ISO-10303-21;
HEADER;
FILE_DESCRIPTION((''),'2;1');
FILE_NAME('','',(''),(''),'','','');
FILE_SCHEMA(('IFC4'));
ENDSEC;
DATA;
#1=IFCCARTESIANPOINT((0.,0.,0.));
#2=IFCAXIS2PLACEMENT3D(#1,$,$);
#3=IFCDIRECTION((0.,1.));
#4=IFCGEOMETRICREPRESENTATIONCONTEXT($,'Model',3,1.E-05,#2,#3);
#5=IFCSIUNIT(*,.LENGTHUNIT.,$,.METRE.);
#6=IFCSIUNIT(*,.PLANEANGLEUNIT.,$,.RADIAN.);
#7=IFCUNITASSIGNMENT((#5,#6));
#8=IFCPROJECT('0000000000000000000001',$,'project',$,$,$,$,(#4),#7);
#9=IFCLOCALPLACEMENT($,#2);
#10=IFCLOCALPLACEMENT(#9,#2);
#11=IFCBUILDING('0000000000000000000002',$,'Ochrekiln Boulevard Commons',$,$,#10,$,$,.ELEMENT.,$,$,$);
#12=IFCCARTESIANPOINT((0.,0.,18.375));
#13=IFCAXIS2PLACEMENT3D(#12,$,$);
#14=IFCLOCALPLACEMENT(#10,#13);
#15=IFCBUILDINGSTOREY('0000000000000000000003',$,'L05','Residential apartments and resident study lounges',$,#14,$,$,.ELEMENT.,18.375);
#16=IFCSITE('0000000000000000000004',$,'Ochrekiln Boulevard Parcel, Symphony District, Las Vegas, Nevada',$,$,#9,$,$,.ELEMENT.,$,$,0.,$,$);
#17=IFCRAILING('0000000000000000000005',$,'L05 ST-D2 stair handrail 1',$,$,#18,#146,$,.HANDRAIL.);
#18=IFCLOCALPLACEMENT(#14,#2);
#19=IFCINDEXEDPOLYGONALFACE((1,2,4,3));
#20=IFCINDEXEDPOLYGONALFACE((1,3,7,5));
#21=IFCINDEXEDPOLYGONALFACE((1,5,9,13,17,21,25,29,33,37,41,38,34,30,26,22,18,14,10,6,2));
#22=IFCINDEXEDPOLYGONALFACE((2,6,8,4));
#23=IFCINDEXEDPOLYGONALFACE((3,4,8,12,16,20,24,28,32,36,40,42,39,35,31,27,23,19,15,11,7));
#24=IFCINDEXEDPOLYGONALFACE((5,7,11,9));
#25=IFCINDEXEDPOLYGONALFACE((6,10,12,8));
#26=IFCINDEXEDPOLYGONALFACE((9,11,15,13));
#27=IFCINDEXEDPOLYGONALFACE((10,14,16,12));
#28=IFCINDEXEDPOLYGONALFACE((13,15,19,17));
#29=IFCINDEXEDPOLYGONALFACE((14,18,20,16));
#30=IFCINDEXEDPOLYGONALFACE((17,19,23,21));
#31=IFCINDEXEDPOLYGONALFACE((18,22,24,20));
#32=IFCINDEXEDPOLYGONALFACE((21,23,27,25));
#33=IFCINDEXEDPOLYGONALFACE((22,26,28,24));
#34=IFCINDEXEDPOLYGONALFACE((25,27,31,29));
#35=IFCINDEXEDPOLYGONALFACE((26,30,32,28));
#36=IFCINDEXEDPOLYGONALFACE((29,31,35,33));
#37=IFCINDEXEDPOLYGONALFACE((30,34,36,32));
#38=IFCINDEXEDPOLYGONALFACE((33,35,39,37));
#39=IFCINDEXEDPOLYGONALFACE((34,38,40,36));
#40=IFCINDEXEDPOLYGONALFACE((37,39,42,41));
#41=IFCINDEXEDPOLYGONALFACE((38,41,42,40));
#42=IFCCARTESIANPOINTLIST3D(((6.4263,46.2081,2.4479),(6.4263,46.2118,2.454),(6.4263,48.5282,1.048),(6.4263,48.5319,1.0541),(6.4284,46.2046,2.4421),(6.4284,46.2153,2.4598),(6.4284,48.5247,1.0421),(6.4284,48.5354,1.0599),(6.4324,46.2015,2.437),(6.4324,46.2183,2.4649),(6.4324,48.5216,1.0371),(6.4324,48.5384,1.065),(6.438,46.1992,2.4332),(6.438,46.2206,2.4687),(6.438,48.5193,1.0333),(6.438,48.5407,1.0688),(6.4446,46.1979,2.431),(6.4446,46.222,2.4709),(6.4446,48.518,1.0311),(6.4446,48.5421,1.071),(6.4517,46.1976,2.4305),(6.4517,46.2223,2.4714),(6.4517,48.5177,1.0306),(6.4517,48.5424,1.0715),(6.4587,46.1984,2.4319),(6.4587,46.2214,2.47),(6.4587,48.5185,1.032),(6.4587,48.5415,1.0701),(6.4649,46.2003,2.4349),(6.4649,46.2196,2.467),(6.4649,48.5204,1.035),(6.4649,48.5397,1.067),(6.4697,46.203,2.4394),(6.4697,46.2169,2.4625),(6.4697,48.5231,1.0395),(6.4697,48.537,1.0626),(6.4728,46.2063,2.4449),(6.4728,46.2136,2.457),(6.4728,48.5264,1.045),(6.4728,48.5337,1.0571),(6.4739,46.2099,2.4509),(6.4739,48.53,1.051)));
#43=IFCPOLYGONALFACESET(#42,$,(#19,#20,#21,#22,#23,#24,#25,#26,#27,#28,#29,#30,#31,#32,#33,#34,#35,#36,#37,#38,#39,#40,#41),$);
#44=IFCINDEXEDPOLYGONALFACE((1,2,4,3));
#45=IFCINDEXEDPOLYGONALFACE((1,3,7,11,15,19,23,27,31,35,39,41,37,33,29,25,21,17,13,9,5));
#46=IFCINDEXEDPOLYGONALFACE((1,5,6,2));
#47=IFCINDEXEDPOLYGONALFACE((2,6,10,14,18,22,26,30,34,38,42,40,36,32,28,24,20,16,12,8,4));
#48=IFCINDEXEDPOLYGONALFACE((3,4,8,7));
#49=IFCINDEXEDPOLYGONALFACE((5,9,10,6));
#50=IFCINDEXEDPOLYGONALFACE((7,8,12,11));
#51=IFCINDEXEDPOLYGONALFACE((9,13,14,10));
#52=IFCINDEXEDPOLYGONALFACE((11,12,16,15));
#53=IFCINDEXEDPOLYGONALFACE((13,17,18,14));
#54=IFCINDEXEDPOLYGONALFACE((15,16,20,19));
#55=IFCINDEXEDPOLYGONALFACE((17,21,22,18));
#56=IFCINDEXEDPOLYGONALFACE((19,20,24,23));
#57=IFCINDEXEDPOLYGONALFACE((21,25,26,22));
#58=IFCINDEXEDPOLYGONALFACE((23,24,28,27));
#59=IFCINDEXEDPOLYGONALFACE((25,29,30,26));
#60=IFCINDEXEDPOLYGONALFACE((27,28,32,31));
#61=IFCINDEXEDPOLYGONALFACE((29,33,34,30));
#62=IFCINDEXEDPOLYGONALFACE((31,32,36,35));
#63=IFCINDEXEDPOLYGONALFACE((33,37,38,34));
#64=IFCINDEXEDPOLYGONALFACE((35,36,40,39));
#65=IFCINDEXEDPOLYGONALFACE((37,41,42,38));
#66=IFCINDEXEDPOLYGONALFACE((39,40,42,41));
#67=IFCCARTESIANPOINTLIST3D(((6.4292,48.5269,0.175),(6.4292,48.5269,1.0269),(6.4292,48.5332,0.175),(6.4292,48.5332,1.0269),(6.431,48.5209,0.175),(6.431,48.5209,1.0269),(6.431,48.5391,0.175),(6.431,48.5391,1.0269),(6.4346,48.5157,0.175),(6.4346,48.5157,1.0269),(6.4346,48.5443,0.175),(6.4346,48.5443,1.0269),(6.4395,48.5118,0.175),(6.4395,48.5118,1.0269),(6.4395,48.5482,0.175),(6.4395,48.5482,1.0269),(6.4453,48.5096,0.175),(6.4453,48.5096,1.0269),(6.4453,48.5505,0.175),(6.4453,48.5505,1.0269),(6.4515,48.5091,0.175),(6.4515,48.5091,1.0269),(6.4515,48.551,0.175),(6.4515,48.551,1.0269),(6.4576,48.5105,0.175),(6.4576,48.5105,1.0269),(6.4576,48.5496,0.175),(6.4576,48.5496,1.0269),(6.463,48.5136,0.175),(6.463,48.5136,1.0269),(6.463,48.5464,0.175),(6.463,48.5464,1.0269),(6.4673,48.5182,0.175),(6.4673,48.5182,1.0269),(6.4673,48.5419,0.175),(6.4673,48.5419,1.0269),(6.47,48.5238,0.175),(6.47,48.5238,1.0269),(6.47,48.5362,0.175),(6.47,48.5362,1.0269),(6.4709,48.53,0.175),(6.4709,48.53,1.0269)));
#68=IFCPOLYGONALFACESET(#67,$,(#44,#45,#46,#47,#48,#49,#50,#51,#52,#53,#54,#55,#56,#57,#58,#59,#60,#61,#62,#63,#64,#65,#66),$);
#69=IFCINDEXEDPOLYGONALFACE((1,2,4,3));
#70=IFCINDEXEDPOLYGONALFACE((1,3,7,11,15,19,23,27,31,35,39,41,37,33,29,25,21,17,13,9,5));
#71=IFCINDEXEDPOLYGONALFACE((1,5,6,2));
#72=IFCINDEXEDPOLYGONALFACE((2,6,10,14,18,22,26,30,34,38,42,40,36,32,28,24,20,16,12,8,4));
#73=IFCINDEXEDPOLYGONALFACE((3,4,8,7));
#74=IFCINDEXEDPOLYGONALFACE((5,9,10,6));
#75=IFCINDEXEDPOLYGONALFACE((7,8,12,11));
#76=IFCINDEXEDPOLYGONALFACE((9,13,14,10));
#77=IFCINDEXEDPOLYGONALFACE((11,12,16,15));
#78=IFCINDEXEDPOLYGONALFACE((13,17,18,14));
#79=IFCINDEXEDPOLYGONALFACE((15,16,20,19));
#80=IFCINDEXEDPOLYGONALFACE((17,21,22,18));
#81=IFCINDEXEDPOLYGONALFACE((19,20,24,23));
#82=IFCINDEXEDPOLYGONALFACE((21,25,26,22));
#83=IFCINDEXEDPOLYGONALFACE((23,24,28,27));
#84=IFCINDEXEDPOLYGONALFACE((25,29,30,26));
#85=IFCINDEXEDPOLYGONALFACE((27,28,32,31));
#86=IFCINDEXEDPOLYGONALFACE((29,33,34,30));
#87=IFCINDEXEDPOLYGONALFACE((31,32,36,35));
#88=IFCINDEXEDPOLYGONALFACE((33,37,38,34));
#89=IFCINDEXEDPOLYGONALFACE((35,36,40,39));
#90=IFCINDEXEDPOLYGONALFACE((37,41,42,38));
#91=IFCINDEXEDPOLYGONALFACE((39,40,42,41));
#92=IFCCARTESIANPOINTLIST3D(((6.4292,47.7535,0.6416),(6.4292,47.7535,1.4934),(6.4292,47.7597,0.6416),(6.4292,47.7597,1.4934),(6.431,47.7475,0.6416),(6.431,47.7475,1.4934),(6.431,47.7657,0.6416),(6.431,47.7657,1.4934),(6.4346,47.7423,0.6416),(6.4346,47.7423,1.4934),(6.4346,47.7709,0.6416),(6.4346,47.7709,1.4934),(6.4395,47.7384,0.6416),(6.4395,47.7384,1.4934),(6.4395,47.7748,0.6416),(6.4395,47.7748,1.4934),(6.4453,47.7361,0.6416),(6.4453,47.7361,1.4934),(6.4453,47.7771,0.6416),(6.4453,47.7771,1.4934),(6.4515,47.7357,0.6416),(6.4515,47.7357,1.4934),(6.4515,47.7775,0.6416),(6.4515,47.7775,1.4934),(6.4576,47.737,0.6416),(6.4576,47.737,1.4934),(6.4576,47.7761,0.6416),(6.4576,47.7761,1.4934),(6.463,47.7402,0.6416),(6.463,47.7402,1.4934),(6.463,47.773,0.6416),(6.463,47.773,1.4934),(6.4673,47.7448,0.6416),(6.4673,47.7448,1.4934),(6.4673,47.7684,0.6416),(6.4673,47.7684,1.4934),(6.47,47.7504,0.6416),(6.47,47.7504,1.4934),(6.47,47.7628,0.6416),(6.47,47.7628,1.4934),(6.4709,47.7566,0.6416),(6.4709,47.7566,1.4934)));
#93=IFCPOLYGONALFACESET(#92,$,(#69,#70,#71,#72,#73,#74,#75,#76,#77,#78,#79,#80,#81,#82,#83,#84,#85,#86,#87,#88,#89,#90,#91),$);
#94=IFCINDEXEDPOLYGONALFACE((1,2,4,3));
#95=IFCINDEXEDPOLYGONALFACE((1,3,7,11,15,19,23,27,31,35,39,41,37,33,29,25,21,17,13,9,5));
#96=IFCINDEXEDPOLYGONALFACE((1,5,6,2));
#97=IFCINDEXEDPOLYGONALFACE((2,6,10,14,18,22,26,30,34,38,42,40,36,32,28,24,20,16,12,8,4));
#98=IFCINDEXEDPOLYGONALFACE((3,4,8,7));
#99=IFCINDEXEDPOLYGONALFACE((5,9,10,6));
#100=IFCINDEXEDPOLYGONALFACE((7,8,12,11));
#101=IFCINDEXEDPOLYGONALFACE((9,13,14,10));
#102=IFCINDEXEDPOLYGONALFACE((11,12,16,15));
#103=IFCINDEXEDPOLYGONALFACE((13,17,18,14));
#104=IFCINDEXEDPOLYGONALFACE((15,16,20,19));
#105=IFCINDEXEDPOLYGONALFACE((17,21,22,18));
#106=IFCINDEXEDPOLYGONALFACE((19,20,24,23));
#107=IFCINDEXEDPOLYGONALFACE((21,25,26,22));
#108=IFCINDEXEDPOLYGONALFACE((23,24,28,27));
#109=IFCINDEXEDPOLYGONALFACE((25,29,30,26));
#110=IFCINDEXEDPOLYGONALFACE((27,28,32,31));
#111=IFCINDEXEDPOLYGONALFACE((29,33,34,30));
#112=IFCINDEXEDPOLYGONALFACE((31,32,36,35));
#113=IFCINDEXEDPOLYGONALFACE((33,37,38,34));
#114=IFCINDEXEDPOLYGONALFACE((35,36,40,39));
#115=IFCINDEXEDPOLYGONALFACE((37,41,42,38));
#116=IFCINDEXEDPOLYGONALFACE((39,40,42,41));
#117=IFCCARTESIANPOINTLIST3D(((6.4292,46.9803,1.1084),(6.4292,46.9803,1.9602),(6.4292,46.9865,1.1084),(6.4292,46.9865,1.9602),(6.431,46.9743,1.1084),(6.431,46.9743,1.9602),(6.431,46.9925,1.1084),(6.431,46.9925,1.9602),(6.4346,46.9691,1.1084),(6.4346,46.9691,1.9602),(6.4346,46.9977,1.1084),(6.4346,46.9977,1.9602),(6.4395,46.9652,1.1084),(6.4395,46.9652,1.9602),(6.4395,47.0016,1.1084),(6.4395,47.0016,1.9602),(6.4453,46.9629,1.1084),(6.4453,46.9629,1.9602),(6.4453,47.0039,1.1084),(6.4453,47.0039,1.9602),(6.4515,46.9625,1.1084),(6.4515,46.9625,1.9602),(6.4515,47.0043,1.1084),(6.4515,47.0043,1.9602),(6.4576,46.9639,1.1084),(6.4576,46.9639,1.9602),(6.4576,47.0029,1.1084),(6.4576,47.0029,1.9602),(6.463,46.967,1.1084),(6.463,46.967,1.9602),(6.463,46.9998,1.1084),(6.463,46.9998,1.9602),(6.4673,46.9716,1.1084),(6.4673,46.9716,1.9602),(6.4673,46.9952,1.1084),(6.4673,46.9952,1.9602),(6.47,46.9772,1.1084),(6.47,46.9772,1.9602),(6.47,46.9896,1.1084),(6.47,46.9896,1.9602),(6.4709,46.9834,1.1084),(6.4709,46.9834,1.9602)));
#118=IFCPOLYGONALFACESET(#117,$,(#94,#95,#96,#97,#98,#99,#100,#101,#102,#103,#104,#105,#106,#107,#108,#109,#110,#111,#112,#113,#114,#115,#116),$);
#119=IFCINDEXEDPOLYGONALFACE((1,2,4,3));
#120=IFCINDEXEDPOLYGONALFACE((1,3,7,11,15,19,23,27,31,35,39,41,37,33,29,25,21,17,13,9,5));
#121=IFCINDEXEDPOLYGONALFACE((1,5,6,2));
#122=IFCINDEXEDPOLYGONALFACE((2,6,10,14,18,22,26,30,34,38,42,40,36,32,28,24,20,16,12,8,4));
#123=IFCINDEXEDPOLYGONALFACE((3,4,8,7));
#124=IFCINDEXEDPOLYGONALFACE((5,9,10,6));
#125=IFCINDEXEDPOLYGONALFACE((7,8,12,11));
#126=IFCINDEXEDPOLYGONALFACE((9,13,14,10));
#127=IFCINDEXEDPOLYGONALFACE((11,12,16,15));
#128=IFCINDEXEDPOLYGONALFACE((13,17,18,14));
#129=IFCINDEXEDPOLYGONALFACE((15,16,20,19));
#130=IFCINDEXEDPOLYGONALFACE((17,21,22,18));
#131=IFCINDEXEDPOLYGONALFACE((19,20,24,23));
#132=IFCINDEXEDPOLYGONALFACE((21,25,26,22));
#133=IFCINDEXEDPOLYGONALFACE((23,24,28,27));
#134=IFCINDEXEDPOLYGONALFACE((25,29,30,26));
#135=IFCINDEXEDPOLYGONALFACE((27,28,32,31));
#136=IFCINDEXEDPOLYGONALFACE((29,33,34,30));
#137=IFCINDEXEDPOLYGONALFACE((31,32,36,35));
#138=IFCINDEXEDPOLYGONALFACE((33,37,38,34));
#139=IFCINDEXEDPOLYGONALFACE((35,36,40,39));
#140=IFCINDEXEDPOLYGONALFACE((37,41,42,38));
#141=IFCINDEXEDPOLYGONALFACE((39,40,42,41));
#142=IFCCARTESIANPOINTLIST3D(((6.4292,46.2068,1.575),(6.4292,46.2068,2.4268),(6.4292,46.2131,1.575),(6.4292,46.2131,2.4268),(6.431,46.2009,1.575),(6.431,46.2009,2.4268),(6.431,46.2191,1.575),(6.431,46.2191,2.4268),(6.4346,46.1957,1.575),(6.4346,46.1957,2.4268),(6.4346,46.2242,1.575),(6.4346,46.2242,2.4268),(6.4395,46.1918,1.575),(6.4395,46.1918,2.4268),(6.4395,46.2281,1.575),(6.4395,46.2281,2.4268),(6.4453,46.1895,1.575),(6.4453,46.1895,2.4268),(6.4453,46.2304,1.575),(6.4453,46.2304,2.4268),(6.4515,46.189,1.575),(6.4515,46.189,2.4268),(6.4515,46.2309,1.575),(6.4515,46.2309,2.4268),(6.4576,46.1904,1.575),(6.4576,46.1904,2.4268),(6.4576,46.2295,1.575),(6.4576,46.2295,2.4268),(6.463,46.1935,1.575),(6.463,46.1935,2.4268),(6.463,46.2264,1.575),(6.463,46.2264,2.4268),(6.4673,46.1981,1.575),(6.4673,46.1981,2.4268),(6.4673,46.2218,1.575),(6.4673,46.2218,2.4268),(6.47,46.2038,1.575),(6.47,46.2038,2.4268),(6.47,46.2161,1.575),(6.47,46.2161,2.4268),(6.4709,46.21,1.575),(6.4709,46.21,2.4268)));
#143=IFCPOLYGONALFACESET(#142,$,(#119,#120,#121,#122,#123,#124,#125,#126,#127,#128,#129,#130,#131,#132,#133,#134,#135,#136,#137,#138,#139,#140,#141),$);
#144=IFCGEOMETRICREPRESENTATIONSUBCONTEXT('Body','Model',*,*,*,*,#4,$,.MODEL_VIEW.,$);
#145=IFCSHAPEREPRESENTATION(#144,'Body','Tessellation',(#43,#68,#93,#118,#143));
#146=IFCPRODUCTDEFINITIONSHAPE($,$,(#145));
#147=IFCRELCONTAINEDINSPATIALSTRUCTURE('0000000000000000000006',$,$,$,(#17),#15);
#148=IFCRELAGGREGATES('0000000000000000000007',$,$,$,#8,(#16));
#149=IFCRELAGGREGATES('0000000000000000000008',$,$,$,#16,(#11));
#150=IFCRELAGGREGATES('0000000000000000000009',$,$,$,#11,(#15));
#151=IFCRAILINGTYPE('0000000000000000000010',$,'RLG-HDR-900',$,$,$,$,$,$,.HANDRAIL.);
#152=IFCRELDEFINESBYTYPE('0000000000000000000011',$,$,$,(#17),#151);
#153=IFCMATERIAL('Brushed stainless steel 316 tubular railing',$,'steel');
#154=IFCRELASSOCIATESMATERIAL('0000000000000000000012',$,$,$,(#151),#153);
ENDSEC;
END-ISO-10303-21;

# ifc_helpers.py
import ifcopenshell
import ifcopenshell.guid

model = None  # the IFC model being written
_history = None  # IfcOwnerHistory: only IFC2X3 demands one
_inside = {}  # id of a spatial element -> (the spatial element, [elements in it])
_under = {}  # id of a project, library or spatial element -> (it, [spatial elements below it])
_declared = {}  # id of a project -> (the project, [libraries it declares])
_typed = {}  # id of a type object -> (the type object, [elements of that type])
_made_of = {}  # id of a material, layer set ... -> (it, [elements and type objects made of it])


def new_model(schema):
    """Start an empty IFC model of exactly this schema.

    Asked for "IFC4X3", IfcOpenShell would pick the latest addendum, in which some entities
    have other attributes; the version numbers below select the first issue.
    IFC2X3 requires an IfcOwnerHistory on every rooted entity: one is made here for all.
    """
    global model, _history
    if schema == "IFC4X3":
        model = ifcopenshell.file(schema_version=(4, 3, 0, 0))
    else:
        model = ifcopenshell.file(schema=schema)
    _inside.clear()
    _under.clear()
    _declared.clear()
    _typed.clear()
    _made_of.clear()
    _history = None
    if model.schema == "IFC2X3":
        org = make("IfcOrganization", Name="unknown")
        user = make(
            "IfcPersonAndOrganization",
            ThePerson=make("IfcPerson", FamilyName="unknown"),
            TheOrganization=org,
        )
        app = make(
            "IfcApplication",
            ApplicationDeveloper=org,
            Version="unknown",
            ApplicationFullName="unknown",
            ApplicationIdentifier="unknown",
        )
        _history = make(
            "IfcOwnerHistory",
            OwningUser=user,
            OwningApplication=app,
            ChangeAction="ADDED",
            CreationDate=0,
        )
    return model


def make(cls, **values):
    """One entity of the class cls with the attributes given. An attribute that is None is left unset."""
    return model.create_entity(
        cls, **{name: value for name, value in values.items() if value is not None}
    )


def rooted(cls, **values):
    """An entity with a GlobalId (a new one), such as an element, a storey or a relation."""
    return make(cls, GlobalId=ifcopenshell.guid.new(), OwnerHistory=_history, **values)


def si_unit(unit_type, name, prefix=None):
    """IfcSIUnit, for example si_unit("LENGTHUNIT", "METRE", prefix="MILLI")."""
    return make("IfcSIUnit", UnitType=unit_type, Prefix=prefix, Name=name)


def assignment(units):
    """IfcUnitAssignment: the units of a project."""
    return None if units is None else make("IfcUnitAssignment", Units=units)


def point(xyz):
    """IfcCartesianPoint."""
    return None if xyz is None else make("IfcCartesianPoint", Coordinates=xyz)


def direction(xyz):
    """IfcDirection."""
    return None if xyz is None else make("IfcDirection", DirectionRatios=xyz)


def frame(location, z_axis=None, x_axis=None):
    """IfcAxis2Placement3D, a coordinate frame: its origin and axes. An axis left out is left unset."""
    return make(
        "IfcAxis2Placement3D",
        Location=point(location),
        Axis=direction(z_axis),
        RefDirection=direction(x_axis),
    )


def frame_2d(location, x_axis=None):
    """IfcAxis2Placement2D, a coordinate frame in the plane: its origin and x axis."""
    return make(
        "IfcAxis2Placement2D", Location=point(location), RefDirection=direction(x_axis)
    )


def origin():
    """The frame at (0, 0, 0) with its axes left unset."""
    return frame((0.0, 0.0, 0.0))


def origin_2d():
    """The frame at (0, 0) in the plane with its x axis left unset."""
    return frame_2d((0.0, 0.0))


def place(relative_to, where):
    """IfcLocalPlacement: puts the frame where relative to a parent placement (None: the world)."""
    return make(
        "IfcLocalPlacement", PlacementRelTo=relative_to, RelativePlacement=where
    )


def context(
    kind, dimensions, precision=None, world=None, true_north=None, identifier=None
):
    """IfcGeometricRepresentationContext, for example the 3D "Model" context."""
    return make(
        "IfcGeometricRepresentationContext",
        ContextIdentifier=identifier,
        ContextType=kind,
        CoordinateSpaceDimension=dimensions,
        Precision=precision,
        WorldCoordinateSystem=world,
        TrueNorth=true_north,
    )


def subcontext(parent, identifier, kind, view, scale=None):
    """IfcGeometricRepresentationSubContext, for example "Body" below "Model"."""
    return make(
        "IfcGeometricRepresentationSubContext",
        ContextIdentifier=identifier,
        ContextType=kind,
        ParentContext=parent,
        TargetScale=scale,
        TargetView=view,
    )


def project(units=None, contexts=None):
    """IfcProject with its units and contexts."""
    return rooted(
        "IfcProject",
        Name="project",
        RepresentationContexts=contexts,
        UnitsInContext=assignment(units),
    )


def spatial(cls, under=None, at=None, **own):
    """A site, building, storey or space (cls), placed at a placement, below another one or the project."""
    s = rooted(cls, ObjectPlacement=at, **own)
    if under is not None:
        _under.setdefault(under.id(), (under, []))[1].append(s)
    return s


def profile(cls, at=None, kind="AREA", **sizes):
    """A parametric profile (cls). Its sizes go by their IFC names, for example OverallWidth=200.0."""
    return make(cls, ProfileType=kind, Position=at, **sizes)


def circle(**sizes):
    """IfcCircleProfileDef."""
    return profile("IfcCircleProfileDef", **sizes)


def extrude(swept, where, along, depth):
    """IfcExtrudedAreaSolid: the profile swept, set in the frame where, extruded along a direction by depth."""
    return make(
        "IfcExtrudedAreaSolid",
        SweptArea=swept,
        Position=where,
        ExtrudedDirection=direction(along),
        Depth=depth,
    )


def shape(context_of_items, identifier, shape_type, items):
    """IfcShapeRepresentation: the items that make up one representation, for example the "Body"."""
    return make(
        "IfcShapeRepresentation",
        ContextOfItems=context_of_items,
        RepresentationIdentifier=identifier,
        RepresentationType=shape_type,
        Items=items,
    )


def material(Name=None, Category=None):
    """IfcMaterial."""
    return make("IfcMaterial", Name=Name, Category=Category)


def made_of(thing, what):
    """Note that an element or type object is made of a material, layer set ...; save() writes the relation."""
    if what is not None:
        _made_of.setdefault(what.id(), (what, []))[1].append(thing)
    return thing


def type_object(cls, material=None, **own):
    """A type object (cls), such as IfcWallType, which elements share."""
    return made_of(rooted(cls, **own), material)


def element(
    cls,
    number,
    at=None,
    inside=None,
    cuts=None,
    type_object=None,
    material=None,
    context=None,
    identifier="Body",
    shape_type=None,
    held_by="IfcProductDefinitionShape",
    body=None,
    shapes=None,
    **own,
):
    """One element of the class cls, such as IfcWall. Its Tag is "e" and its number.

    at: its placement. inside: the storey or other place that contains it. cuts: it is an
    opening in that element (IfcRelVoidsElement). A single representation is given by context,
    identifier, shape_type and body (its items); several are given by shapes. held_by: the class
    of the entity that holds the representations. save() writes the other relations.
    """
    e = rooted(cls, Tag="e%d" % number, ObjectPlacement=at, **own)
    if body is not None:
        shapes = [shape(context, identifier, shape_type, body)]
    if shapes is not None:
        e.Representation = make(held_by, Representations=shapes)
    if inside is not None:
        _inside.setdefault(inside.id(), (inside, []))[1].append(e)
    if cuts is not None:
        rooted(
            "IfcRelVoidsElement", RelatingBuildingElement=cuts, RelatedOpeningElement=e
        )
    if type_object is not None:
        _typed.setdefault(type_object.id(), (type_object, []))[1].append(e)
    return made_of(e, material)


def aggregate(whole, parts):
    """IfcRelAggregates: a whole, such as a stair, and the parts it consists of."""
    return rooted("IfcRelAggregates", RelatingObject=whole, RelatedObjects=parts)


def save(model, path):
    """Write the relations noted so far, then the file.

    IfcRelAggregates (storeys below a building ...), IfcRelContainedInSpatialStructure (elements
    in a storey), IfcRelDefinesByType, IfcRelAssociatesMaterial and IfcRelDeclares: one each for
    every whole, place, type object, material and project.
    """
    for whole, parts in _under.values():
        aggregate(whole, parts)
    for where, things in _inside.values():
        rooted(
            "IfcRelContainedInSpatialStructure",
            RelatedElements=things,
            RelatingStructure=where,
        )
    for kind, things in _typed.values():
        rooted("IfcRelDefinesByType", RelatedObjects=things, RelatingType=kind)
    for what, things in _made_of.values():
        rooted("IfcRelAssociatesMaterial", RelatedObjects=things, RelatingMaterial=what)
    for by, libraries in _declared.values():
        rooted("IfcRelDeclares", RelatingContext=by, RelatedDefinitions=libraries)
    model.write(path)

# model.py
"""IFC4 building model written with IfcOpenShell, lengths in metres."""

from ifc_helpers import new_model, si_unit, direction, frame, origin, origin_2d, place, context, subcontext, project, spatial, circle, extrude, material, type_object, element, save


model = new_model("IFC4")

# Units and contexts
model_context = context("Model", 3, precision=1e-05, world=origin(), true_north=direction((0.0, 1.0)))
body_context = subcontext(model_context, "Body", "Model", "MODEL_VIEW")
ifc_project = project(units=[si_unit("LENGTHUNIT", "METRE"), si_unit("PLANEANGLEUNIT", "RADIAN")], contexts=[model_context])

# Site, building, storey
site_placement = place(None, origin())
site = spatial("IfcSite", under=ifc_project, at=site_placement, Name="Ochrekiln Boulevard Parcel, Symphony District, Las Vegas, Nevada", CompositionType="ELEMENT", RefElevation=0.0)
building_placement = place(site_placement, origin())
building = spatial("IfcBuilding", under=site, at=building_placement, Name="Ochrekiln Boulevard Commons", CompositionType="ELEMENT")
storey_placement = place(building_placement, frame((0.0, 0.0, 18.375)))
storey = spatial("IfcBuildingStorey", under=building, at=storey_placement, Name="L05", Description="Residential apartments and resident study lounges", CompositionType="ELEMENT", Elevation=18.375)

# Railing
ifc_material_1 = material(Name="Brushed stainless steel 316 tubular railing", Category="steel")
railing_type_1 = type_object("IfcRailingType", Name="RLG-HDR-900", PredefinedType="HANDRAIL", material=ifc_material_1)
railing_1_placement = place(storey_placement, frame((6.45, 48.53, 0.175)))
element("IfcRailing", 1, at=railing_1_placement, inside=storey, type_object=railing_type_1, Name="L05 ST-D2 stair handrail 1", PredefinedType="HANDRAIL", context=body_context, shape_type="SweptSolid", body=[
    extrude(circle(Radius=0.0239, at=origin_2d()), frame((0.0, 0.0, 0.876), z_axis=(0.0, -0.85621, 0.516627), x_axis=(1.0, 0.0, 0.0)), (0.0, 0.0, 1.0), 2.7097),
    extrude(circle(Radius=0.021, at=origin_2d()), origin(), (0.0, 0.0, 1.0), 0.8518),
    extrude(circle(Radius=0.021, at=origin_2d()), frame((0.0, -0.7734, 0.4666)), (0.0, 0.0, 1.0), 0.8518),
    extrude(circle(Radius=0.021, at=origin_2d()), frame((0.0, -1.5466, 0.9333)), (0.0, 0.0, 1.0), 0.8518),
    extrude(circle(Radius=0.021, at=origin_2d()), frame((0.0, -2.3201, 1.3999)), (0.0, 0.0, 1.0), 0.8518),
])

save(model, "model.ifc")
